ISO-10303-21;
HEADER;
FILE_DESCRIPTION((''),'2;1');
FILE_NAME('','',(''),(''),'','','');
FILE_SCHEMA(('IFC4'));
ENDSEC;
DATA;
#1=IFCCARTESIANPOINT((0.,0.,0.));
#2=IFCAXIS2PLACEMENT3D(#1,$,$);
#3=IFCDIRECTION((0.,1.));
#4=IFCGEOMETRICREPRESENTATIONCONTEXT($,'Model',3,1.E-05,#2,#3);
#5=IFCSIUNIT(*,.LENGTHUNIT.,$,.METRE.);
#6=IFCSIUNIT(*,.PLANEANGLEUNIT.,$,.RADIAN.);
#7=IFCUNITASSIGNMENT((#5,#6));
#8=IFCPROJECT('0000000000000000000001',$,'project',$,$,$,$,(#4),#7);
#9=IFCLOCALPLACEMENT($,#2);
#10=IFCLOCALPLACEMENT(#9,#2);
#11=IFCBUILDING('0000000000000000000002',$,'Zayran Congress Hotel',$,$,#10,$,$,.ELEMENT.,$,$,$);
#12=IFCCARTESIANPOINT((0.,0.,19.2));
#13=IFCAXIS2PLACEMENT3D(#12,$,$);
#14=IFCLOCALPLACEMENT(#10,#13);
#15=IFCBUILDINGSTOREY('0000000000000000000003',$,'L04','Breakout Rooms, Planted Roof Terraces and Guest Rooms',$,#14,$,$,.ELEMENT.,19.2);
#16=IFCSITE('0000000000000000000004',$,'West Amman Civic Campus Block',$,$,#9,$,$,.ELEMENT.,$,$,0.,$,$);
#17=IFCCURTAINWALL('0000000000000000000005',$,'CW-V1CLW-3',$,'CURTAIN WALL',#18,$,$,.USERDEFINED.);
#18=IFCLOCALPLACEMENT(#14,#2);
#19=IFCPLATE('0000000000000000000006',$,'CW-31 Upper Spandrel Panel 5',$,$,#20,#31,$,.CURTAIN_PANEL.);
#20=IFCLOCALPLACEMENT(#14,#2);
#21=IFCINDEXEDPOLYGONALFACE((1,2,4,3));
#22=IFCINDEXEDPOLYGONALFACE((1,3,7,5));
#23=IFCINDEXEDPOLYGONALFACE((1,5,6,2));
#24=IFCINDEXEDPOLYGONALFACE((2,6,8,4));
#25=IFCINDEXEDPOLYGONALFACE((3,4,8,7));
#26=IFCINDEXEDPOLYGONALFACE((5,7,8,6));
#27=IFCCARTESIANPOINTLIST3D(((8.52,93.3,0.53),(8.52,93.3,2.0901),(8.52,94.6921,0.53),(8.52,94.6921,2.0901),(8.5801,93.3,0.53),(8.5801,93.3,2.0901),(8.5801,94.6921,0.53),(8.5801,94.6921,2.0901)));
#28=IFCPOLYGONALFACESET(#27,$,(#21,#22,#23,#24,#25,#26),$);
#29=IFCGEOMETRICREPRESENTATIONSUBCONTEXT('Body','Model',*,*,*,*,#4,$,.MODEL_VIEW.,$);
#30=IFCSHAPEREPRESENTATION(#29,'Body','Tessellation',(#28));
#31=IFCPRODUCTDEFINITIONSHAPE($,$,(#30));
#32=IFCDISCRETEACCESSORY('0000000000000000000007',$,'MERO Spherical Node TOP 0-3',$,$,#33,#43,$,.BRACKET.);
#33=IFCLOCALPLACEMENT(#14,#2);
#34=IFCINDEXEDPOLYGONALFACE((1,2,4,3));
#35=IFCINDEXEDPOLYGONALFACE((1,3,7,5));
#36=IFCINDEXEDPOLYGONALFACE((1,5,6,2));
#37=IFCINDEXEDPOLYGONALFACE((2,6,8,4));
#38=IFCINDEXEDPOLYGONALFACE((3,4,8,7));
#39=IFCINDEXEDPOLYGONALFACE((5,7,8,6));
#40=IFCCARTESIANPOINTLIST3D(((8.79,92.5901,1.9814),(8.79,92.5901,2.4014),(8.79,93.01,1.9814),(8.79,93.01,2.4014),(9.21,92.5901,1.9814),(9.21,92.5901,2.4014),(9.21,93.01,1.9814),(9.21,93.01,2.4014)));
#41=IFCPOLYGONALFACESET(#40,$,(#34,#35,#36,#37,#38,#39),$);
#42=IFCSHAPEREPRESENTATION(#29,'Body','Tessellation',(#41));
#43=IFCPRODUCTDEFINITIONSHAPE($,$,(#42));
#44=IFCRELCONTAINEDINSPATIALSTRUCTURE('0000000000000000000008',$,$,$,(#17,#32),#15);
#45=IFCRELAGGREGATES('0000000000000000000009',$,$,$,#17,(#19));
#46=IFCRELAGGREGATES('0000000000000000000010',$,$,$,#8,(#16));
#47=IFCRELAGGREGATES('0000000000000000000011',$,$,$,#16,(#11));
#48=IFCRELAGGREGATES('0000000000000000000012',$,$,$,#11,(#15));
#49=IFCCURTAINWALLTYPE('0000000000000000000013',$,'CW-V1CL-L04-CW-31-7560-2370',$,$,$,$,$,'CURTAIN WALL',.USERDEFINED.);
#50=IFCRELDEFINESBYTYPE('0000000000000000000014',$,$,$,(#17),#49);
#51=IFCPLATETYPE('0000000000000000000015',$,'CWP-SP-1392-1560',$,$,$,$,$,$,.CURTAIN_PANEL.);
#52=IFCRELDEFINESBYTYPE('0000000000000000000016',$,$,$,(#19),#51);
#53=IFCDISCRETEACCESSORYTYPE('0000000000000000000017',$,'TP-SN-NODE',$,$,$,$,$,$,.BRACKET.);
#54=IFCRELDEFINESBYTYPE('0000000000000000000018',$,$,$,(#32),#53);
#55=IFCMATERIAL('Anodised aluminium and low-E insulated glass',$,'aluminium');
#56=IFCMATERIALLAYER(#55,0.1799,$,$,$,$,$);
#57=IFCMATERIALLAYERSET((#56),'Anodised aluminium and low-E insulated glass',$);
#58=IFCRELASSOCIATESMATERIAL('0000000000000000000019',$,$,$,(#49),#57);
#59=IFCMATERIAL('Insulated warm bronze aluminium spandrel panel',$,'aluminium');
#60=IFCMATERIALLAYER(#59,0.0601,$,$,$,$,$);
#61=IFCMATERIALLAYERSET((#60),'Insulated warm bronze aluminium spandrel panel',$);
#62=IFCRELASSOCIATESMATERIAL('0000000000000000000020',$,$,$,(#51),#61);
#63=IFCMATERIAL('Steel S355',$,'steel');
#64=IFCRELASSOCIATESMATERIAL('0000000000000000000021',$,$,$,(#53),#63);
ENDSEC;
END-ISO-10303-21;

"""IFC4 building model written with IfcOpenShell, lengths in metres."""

from ifc_helpers import new_model, si_unit, direction, frame, origin, origin_2d, place, context, subcontext, project, spatial, rectangle, extrude, material, layer, layer_set, type_object, element, aggregate, save


model = new_model("IFC4")

# Units and contexts
model_context = context("Model", 3, precision=1e-05, world=origin(), true_north=direction((0.0, 1.0)))
body_context = subcontext(model_context, "Body", "Model", "MODEL_VIEW")
ifc_project = project(units=[si_unit("LENGTHUNIT", "METRE"), si_unit("PLANEANGLEUNIT", "RADIAN")], contexts=[model_context])

# Site, building, storey
site_placement = place(None, origin())
site = spatial("IfcSite", under=ifc_project, at=site_placement, Name="West Amman Civic Campus Block", CompositionType="ELEMENT", RefElevation=0.0)
building_placement = place(site_placement, origin())
building = spatial("IfcBuilding", under=site, at=building_placement, Name="Zayran Congress Hotel", CompositionType="ELEMENT")
storey_placement = place(building_placement, frame((0.0, 0.0, 19.2)))
storey = spatial("IfcBuildingStorey", under=building, at=storey_placement, Name="L04", Description="Breakout Rooms, Planted Roof Terraces and Guest Rooms", CompositionType="ELEMENT", Elevation=19.2)

# Shared definitions
ifc_material_1 = material(Name="Steel S355", Category="steel")

# Curtain wall
ifc_material_2 = material(Name="Anodised aluminium and low-E insulated glass", Category="aluminium")
ifc_layer_1 = layer(ifc_material_2, 0.1799)
ifc_layer_set_1 = layer_set([ifc_layer_1], Name="Anodised aluminium and low-E insulated glass")
curtain_wall_type = type_object("IfcCurtainWallType", Name="CW-V1CL-L04-CW-31-7560-2370", ElementType="CURTAIN WALL", PredefinedType="USERDEFINED", material=ifc_layer_set_1)
curtain_wall_1_placement = place(storey_placement, origin())
curtain_wall_1 = element("IfcCurtainWall", 1, at=curtain_wall_1_placement, inside=storey, type_object=curtain_wall_type, Name="CW-V1CLW-3", ObjectType="CURTAIN WALL", PredefinedType="USERDEFINED")

# Plate
ifc_material_3 = material(Name="Insulated warm bronze aluminium spandrel panel", Category="aluminium")
ifc_layer_2 = layer(ifc_material_3, 0.0601)
ifc_layer_set_2 = layer_set([ifc_layer_2], Name="Insulated warm bronze aluminium spandrel panel")
plate_type_1 = type_object("IfcPlateType", Name="CWP-SP-1392-1560", PredefinedType="CURTAIN_PANEL", material=ifc_layer_set_2)
plate_1_placement = place(storey_placement, frame((8.55, 93.9961, 0.53), z_axis=(0.0, 0.0, 1.0), x_axis=(0.0, 1.0, 0.0)))
plate_1 = element("IfcPlate", 2, at=plate_1_placement, type_object=plate_type_1, Name="CW-31 Upper Spandrel Panel 5", PredefinedType="CURTAIN_PANEL", context=body_context, shape_type="SweptSolid", body=[
    extrude(rectangle(XDim=1.3921, YDim=0.0601, at=origin_2d()), origin(), (0.0, 0.0, 1.0), 1.5601),
])
aggregate(curtain_wall_1, [plate_1])

# Discrete accessory
discrete_accessory_type = type_object("IfcDiscreteAccessoryType", Name="TP-SN-NODE", PredefinedType="BRACKET", material=ifc_material_1)
discrete_accessory_placement = place(storey_placement, frame((9.0, 92.8, 1.9814), z_axis=(0.0, 0.0, 1.0), x_axis=(1.0, 0.0, 0.0)))
element("IfcDiscreteAccessory", 3, at=discrete_accessory_placement, inside=storey, type_object=discrete_accessory_type, Name="MERO Spherical Node TOP 0-3", PredefinedType="BRACKET", context=body_context, shape_type="SweptSolid", body=[
    extrude(rectangle(XDim=0.4199, YDim=0.4199, at=origin_2d()), origin(), (0.0, 0.0, 1.0), 0.4199),
])

save(model, "model.ifc")
